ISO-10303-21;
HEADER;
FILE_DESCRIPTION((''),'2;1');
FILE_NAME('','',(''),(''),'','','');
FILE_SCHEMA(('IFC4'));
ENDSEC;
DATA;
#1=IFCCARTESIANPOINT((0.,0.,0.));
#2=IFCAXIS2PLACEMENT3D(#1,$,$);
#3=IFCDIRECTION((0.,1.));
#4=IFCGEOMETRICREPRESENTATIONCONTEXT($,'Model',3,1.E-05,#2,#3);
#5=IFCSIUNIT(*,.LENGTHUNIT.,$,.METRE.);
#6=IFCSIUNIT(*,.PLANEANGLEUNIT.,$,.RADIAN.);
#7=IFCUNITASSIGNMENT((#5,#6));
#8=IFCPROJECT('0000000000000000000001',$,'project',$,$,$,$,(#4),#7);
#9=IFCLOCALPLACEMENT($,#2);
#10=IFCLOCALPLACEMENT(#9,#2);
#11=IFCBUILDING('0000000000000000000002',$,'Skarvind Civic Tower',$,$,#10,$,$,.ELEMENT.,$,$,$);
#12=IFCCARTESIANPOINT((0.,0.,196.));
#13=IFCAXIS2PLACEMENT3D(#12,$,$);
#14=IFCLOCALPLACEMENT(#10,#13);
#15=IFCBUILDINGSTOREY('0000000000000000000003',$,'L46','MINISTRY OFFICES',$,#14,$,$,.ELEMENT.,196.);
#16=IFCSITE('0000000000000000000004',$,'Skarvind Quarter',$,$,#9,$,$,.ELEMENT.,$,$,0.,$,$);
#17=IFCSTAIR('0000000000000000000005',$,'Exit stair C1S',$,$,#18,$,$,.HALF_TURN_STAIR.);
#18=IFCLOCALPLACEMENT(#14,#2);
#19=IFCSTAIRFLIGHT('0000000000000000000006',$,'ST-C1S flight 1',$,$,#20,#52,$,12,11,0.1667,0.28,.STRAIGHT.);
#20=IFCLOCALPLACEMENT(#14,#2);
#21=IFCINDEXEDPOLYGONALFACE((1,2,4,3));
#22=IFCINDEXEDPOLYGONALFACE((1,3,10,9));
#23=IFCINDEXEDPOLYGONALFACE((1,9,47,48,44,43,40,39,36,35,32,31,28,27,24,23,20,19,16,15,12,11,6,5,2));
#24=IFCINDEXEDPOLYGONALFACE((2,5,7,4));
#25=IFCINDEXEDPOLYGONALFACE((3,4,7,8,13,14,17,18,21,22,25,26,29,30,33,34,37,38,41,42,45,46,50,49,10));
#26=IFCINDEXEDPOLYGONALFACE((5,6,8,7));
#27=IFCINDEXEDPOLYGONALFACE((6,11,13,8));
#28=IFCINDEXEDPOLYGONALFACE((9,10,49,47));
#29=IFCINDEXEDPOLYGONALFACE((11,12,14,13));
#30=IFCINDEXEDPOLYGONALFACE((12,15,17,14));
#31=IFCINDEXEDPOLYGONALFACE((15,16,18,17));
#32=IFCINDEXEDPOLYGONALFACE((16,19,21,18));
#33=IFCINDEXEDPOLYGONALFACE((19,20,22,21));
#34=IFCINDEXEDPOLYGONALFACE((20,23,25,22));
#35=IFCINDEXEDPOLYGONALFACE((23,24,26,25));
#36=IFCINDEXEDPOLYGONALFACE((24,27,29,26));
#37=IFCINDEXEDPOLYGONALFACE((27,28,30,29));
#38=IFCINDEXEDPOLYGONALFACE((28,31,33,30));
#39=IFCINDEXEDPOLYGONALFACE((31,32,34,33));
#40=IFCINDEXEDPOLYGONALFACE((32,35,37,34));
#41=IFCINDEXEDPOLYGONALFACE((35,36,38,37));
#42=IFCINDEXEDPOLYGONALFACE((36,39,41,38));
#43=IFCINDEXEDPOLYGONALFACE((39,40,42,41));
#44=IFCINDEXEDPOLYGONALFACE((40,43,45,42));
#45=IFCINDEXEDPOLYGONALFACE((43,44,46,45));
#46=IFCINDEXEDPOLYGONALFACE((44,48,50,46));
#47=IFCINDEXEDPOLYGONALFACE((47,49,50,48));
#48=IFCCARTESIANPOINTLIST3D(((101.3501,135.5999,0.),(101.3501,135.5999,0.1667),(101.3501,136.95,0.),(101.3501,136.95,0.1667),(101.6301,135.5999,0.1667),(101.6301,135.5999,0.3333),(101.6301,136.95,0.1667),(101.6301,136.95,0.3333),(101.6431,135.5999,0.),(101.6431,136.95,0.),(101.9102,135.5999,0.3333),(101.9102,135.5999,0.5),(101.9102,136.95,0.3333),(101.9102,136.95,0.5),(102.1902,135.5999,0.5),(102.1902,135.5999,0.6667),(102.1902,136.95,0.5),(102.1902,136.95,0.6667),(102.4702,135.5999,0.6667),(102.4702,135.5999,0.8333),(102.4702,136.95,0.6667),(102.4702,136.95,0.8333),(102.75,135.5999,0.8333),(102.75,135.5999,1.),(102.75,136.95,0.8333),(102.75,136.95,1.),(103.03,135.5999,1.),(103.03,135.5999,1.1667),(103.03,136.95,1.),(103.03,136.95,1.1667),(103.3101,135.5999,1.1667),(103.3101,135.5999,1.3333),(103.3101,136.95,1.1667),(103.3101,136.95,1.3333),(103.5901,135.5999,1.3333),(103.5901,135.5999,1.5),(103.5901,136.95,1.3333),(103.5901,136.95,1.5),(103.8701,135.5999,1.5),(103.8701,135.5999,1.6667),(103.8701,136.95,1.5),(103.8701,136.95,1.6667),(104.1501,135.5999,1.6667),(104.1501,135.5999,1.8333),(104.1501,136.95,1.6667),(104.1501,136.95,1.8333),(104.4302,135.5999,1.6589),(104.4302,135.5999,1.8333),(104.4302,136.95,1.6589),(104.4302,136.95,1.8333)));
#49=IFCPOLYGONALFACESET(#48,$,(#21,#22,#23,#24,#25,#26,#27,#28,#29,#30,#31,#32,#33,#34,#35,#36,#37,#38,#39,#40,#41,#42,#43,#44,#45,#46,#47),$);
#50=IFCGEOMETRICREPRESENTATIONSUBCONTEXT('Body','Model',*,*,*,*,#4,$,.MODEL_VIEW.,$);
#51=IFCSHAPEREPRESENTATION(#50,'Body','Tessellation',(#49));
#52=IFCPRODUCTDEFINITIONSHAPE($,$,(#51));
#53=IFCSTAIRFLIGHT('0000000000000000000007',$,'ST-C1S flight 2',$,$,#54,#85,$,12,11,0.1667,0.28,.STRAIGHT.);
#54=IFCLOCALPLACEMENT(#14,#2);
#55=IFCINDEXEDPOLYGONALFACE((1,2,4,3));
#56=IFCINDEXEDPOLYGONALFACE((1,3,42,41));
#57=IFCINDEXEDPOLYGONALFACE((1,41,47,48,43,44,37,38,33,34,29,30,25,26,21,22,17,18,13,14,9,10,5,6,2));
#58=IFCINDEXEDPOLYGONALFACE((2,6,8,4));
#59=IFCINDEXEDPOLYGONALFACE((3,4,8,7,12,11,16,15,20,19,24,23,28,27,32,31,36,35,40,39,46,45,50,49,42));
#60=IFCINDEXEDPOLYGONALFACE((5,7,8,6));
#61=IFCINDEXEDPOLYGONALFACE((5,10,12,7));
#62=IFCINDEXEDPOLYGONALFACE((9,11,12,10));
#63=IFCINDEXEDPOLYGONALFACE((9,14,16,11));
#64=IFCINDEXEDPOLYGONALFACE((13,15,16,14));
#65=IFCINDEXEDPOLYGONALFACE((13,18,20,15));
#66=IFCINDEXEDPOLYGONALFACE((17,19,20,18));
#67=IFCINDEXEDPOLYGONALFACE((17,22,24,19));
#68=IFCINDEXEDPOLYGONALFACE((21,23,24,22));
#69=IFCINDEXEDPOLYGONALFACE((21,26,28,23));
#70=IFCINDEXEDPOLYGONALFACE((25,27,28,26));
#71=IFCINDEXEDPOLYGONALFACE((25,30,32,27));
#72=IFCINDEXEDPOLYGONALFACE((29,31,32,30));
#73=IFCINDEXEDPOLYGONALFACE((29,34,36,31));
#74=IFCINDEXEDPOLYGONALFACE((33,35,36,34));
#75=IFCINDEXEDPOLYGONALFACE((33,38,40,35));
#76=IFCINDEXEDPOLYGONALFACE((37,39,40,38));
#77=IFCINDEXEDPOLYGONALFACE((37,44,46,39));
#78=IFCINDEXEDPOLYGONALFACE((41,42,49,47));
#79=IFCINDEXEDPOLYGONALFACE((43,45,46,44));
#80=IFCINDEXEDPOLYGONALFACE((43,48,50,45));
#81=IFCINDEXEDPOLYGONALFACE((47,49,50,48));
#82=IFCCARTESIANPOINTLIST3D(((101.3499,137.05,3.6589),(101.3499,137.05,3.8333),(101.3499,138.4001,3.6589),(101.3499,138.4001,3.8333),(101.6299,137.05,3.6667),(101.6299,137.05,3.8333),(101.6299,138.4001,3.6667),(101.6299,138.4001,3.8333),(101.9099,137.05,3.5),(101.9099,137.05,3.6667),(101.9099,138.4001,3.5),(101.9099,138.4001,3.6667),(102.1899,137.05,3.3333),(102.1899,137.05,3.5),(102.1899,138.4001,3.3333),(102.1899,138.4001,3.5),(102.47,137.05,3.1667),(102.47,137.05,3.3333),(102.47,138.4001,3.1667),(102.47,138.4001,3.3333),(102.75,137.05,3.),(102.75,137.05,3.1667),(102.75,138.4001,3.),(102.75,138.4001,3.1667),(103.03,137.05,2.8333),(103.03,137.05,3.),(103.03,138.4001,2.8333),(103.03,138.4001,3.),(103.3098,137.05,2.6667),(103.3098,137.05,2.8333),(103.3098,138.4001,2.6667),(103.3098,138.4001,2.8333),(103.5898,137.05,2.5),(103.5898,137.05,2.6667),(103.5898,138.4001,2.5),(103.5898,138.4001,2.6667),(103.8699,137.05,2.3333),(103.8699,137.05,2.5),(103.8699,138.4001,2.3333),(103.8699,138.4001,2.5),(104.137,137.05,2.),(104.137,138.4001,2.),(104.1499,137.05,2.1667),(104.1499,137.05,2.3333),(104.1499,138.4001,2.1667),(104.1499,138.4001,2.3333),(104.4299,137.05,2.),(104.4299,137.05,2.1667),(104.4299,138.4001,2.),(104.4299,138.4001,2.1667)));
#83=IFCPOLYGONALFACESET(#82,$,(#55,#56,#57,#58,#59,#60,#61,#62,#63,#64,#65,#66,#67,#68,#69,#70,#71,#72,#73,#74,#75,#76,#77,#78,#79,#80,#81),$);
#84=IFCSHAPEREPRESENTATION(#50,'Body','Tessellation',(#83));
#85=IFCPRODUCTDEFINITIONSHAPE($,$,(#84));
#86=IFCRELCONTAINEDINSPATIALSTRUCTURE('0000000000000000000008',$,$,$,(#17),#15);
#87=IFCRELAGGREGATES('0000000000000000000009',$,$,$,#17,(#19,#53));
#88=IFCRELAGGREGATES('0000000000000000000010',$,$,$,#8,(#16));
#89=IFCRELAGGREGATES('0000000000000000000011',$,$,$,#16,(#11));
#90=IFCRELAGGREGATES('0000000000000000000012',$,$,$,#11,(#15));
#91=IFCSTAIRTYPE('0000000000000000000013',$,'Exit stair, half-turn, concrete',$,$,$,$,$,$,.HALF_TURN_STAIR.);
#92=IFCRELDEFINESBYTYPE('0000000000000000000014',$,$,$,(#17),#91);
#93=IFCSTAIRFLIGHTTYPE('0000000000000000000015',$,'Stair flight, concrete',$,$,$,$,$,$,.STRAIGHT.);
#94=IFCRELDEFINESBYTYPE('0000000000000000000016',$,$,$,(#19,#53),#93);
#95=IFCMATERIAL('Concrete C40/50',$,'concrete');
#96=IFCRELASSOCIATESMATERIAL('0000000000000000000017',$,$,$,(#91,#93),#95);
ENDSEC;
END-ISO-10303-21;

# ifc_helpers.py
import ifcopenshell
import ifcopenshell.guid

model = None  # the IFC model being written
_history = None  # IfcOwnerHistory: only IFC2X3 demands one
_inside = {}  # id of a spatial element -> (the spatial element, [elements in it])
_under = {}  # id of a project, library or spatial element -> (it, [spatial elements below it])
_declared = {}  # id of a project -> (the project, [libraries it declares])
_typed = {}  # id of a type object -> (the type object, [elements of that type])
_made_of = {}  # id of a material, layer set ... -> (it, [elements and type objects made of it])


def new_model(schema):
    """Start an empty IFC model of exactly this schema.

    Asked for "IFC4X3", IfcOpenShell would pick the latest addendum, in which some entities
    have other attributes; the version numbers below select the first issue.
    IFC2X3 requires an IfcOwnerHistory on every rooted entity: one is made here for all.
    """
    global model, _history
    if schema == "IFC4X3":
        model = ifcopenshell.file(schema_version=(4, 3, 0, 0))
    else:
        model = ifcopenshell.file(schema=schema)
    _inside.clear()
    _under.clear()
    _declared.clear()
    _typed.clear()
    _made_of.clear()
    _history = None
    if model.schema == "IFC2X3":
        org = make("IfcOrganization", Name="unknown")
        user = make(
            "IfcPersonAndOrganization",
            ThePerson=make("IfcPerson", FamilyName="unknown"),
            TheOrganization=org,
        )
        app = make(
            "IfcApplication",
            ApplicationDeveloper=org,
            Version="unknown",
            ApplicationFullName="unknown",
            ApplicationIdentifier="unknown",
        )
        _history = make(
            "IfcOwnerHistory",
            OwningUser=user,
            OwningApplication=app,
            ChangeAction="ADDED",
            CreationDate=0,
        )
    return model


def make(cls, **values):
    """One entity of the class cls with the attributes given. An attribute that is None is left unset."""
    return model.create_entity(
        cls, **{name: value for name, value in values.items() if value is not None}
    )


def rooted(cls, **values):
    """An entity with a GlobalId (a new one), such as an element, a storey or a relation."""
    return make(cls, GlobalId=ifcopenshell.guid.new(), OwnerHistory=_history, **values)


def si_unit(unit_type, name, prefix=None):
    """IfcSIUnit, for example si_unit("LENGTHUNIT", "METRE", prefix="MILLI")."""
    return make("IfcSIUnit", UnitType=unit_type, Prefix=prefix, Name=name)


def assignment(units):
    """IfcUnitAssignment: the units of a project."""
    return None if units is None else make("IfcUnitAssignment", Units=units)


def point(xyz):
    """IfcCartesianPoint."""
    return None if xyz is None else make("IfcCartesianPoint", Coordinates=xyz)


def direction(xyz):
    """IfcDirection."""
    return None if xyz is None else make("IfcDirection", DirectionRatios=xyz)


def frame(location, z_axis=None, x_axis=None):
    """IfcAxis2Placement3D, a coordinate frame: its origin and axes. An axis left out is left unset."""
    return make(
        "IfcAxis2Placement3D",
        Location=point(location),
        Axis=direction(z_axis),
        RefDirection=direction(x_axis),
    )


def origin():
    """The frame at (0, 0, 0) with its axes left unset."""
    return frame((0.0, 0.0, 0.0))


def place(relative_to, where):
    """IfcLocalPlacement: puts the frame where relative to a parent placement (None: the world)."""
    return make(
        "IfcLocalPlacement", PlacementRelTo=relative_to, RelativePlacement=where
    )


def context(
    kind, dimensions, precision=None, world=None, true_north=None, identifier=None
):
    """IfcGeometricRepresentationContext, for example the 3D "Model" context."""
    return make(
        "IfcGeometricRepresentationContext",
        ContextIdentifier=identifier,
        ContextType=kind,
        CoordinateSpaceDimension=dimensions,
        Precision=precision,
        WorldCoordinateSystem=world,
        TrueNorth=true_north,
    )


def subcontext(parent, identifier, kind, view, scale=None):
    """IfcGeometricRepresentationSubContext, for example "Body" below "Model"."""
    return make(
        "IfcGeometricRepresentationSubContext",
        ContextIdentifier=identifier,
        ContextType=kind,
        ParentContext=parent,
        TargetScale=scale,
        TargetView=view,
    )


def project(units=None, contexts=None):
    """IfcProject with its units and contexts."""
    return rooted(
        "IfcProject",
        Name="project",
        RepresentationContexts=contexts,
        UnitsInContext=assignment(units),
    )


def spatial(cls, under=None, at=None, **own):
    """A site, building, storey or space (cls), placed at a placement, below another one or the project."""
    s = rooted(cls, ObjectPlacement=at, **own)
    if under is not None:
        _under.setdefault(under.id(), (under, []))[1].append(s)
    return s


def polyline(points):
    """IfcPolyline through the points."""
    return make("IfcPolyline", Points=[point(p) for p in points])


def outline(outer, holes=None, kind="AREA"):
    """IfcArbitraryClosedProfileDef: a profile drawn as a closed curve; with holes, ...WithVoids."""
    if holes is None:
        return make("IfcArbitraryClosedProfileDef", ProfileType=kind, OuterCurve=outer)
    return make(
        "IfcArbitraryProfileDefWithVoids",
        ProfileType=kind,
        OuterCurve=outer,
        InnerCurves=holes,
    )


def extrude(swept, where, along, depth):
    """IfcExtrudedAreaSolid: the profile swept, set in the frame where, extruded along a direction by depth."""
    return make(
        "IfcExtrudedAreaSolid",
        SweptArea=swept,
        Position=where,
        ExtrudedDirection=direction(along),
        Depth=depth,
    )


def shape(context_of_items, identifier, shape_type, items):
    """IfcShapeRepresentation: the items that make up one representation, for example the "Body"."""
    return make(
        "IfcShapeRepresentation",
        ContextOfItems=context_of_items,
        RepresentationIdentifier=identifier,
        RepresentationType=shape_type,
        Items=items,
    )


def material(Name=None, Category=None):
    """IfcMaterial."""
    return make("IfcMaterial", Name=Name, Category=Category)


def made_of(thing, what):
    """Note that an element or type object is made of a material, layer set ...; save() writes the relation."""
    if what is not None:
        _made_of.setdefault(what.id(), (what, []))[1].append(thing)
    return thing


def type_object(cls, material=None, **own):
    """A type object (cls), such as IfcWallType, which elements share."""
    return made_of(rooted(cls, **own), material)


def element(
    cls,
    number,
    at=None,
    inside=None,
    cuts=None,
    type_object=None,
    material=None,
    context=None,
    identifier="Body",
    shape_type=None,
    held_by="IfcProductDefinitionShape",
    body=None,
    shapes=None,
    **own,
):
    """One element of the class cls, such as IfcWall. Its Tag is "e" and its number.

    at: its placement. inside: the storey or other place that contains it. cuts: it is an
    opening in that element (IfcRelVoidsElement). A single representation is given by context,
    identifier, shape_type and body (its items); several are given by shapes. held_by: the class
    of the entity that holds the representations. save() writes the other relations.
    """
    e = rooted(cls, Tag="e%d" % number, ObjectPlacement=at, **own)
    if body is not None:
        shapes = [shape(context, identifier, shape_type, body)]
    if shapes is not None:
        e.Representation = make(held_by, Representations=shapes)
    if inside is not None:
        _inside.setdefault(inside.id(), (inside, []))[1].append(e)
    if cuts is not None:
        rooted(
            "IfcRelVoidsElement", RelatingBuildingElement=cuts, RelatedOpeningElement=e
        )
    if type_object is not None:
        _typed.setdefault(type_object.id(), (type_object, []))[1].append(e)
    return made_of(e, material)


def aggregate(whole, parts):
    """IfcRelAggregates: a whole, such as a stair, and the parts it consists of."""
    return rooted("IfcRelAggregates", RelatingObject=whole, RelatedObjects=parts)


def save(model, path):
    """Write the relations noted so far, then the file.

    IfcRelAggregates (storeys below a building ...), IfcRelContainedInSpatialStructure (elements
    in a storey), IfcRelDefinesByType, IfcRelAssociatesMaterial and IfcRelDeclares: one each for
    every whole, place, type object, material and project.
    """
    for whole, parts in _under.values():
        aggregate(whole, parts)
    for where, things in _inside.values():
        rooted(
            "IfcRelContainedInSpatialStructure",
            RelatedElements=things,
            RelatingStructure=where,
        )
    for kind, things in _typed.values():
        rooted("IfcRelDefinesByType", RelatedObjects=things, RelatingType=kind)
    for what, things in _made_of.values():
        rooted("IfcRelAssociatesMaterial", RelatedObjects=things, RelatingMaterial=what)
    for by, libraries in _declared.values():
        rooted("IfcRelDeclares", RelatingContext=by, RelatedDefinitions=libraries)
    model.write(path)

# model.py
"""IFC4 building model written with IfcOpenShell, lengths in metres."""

from ifc_helpers import new_model, si_unit, direction, frame, origin, place, context, subcontext, project, spatial, polyline, outline, extrude, material, type_object, element, aggregate, save


model = new_model("IFC4")

# Units and contexts
model_context = context("Model", 3, precision=1e-05, world=origin(), true_north=direction((0.0, 1.0)))
body_context = subcontext(model_context, "Body", "Model", "MODEL_VIEW")
ifc_project = project(units=[si_unit("LENGTHUNIT", "METRE"), si_unit("PLANEANGLEUNIT", "RADIAN")], contexts=[model_context])

# Site, building, storey
site_placement = place(None, origin())
site = spatial("IfcSite", under=ifc_project, at=site_placement, Name="Skarvind Quarter", CompositionType="ELEMENT", RefElevation=0.0)
building_placement = place(site_placement, origin())
building = spatial("IfcBuilding", under=site, at=building_placement, Name="Skarvind Civic Tower", CompositionType="ELEMENT")
storey_placement = place(building_placement, frame((0.0, 0.0, 196.0)))
storey = spatial("IfcBuildingStorey", under=building, at=storey_placement, Name="L46", Description="MINISTRY OFFICES", CompositionType="ELEMENT", Elevation=196.0)

# Stair, stair flights
ifc_material_1 = material(Name="Concrete C40/50", Category="concrete")
stair_type = type_object("IfcStairType", Name="Exit stair, half-turn, concrete", PredefinedType="HALF_TURN_STAIR", material=ifc_material_1)
stair_placement = place(storey_placement, origin())
stair = element("IfcStair", 1, at=stair_placement, inside=storey, type_object=stair_type, Name="Exit stair C1S", PredefinedType="HALF_TURN_STAIR")
stair_flight_type = type_object("IfcStairFlightType", Name="Stair flight, concrete", PredefinedType="STRAIGHT", material=ifc_material_1)
stair_flight_1_placement = place(storey_placement, frame((101.3501, 136.2749, 0.0), z_axis=(0.0, 0.0, 1.0), x_axis=(1.0, 0.0, 0.0)))
stair_flight_1 = element("IfcStairFlight", 2, at=stair_flight_1_placement, type_object=stair_flight_type, Name="ST-C1S flight 1", NumberOfRisers=12, NumberOfTreads=11, PredefinedType="STRAIGHT", RiserHeight=0.1667, TreadLength=0.28, context=body_context, shape_type="SweptSolid", body=[
    extrude(outline(polyline([(0.0, 0.0), (0.0, 0.1667), (0.28, 0.1667), (0.28, 0.3333), (0.5601, 0.3333), (0.5601, 0.5), (0.8401, 0.5), (0.8401, 0.6667), (1.1201, 0.6667), (1.1201, 0.8333), (1.3999, 0.8333), (1.3999, 1.0), (1.6799, 1.0), (1.6799, 1.1667), (1.96, 1.1667), (1.96, 1.3333), (2.24, 1.3333), (2.24, 1.5), (2.52, 1.5), (2.52, 1.6667), (2.8, 1.6667), (2.8, 1.8333), (3.0801, 1.8333), (3.0801, 2.0), (3.0801, 1.6589), (0.293, 0.0), (0.0, 0.0)])), frame((0.0, 0.675, 0.0), z_axis=(0.0, -1.0, 0.0), x_axis=(1.0, 0.0, 0.0)), (0.0, 0.0, 1.0), 1.3501),
])
stair_flight_2_placement = place(storey_placement, frame((104.4299, 137.7251, 2.0), z_axis=(0.0, 0.0, 1.0), x_axis=(-1.0, 0.0, 0.0)))
stair_flight_2 = element("IfcStairFlight", 3, at=stair_flight_2_placement, type_object=stair_flight_type, Name="ST-C1S flight 2", NumberOfRisers=12, NumberOfTreads=11, PredefinedType="STRAIGHT", RiserHeight=0.1667, TreadLength=0.28, context=body_context, shape_type="SweptSolid", body=[
    extrude(outline(polyline([(0.0, 0.0), (0.0, 0.1667), (0.28, 0.1667), (0.28, 0.3333), (0.5601, 0.3333), (0.5601, 0.5), (0.8401, 0.5), (0.8401, 0.6667), (1.1201, 0.6667), (1.1201, 0.8333), (1.3999, 0.8333), (1.3999, 1.0), (1.6799, 1.0), (1.6799, 1.1667), (1.96, 1.1667), (1.96, 1.3333), (2.24, 1.3333), (2.24, 1.5), (2.52, 1.5), (2.52, 1.6667), (2.8, 1.6667), (2.8, 1.8333), (3.0801, 1.8333), (3.0801, 2.0), (3.0801, 1.6589), (0.293, 0.0), (0.0, 0.0)])), frame((0.0, 0.675, 0.0), z_axis=(0.0, -1.0, 0.0), x_axis=(1.0, 0.0, 0.0)), (0.0, 0.0, 1.0), 1.3501),
])
aggregate(stair, [stair_flight_1, stair_flight_2])

save(model, "model.ifc")
